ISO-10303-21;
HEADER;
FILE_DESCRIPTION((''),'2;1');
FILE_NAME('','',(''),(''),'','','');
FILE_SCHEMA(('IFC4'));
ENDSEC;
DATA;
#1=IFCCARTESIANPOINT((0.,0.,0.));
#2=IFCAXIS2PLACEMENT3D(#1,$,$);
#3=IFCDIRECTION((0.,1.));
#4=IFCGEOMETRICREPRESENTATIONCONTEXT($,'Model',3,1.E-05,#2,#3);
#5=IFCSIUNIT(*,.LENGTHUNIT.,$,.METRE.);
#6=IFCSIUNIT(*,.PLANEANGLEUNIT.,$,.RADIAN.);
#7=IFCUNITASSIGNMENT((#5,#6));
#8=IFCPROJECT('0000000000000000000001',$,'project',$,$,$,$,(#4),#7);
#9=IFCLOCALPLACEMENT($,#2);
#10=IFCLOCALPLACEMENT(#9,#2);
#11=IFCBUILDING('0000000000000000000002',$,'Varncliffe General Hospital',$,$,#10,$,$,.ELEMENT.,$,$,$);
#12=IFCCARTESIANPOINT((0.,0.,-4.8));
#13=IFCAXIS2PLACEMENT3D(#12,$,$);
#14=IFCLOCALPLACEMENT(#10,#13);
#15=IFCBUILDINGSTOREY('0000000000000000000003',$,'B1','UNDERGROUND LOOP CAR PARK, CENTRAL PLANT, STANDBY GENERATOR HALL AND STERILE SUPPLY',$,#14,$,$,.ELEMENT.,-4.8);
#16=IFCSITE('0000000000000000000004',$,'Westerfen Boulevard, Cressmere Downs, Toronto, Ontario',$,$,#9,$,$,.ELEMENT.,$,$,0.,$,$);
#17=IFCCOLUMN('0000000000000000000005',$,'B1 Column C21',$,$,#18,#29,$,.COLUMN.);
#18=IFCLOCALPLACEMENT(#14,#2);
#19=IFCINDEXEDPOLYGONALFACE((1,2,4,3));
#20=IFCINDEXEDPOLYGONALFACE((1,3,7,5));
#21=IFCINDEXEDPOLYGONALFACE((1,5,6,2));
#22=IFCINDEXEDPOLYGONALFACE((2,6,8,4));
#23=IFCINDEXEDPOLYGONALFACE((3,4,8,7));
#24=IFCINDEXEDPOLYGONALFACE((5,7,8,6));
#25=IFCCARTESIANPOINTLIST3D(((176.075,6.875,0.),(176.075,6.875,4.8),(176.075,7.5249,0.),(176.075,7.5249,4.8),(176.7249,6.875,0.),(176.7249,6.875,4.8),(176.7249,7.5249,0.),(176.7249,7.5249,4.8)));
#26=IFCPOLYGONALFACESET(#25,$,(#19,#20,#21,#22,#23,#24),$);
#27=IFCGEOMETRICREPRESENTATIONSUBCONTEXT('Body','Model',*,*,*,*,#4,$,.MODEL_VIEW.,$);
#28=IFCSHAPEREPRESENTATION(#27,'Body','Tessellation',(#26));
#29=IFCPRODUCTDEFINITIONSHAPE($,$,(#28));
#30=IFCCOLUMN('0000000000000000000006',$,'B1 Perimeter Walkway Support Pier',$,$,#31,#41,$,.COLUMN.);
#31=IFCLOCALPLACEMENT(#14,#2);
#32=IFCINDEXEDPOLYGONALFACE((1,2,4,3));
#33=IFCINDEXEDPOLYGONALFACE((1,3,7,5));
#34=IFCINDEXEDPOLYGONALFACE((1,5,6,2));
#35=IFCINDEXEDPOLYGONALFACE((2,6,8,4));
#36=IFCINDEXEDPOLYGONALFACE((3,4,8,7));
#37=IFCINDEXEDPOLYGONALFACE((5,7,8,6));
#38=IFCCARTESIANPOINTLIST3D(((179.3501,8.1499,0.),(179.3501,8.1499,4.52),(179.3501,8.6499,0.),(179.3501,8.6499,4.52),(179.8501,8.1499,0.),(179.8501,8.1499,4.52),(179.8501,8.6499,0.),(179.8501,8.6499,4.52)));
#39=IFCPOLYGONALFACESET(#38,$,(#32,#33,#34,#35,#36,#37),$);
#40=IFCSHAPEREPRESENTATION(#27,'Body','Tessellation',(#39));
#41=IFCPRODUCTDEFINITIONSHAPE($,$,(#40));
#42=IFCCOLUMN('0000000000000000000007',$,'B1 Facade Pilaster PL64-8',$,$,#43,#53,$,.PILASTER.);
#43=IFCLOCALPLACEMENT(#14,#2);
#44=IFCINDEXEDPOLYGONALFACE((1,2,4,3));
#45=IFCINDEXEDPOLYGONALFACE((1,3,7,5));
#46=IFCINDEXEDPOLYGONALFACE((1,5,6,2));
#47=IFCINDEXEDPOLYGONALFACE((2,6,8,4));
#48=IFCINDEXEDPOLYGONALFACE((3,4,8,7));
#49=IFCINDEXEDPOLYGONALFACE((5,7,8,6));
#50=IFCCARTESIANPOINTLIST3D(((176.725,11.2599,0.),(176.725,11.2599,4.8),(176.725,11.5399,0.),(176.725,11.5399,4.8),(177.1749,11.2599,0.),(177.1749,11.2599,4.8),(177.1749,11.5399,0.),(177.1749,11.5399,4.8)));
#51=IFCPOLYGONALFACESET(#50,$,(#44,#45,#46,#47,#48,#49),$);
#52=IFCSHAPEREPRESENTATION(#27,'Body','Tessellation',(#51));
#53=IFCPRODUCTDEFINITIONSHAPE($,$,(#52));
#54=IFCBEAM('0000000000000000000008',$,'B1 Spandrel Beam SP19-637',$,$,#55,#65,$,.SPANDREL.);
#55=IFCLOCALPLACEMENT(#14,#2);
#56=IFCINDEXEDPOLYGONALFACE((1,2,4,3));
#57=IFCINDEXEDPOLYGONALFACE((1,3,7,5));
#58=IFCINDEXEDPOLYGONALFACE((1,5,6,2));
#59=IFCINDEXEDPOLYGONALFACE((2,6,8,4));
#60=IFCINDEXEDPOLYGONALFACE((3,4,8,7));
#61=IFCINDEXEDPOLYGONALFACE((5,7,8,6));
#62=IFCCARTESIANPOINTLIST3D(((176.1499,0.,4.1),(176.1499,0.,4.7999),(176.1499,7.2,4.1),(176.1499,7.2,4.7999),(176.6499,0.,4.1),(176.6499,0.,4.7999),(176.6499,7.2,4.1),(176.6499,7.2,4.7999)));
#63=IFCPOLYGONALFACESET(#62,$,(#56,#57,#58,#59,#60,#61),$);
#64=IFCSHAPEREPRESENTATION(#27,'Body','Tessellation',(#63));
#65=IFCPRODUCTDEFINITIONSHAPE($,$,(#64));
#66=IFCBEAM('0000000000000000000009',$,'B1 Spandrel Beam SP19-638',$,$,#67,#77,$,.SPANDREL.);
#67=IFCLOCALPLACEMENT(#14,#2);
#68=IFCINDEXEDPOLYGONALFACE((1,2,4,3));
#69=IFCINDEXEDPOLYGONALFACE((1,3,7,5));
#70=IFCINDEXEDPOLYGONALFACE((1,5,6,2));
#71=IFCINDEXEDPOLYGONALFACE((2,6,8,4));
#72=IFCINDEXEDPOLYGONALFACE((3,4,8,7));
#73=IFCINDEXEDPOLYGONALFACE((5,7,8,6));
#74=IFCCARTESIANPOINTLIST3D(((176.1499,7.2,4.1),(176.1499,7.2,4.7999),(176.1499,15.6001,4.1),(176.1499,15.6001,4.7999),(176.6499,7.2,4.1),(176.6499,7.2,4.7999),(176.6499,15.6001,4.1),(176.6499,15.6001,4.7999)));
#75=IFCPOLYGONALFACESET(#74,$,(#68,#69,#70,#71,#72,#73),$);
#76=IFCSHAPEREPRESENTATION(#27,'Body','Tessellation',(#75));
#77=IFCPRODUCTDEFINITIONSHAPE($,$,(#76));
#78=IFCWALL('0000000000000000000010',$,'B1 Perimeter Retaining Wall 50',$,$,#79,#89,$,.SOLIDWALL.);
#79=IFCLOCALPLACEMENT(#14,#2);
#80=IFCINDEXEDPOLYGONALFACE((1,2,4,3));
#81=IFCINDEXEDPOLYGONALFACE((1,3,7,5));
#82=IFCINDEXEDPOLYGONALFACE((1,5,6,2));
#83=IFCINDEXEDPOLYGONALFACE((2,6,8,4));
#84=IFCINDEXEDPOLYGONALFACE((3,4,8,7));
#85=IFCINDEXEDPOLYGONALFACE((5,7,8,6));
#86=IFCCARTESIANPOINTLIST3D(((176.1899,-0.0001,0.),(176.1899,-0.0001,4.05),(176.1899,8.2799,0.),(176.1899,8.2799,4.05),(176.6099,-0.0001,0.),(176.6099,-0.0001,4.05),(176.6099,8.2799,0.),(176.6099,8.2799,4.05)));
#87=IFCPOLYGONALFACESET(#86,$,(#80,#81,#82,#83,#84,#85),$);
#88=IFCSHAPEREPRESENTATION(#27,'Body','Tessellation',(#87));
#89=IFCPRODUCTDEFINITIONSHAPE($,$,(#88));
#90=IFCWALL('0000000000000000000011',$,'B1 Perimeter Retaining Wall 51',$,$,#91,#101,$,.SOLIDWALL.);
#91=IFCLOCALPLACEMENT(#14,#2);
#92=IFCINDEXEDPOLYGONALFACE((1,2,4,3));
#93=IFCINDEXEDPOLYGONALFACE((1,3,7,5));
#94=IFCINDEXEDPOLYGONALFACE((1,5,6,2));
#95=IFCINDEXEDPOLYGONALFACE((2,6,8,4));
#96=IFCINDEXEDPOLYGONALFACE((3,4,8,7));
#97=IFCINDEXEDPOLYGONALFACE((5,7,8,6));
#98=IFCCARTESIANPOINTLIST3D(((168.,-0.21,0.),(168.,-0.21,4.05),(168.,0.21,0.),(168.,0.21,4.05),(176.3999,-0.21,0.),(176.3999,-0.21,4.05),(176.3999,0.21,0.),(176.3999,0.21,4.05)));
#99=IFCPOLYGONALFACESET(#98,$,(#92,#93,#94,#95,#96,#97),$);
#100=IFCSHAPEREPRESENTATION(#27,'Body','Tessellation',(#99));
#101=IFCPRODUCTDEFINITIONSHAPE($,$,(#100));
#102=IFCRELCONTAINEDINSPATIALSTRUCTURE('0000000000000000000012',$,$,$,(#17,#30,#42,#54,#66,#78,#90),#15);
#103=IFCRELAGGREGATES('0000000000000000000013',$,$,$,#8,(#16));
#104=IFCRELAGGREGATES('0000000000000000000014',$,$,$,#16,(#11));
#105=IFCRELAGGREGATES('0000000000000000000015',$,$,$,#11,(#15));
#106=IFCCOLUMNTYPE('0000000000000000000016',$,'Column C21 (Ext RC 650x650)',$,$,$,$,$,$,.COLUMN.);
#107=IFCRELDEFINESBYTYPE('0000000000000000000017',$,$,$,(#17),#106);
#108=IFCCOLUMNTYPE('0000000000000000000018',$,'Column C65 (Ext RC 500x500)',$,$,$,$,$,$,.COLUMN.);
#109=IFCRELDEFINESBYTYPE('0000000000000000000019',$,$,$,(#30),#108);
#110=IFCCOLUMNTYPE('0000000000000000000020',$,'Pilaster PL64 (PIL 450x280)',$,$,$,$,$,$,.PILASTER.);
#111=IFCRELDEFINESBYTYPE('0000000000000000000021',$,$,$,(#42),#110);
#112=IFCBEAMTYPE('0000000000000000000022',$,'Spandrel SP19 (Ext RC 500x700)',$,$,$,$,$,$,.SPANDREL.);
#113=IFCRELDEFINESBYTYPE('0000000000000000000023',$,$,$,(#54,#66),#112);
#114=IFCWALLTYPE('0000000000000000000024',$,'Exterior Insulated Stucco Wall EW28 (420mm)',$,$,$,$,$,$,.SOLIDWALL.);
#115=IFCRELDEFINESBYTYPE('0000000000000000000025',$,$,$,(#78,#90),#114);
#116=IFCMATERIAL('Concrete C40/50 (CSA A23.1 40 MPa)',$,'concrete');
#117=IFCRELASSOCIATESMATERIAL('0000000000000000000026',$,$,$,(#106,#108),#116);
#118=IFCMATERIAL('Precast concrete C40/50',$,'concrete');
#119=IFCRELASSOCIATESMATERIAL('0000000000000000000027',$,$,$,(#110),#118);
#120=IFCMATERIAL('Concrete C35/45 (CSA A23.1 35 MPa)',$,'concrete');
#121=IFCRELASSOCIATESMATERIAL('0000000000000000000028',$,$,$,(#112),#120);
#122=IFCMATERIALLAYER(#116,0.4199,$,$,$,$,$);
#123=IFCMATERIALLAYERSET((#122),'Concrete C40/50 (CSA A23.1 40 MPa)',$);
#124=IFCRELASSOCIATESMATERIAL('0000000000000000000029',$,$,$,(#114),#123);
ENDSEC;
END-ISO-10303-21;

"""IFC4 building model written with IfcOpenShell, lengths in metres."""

from ifc_helpers import new_model, si_unit, direction, frame, frame_2d, origin, origin_2d, place, context, subcontext, project, spatial, rectangle, extrude, material, layer, layer_set, material_profile, profile_set, type_object, element, save


model = new_model("IFC4")

# Units and contexts
model_context = context("Model", 3, precision=1e-05, world=origin(), true_north=direction((0.0, 1.0)))
body_context = subcontext(model_context, "Body", "Model", "MODEL_VIEW")
ifc_project = project(units=[si_unit("LENGTHUNIT", "METRE"), si_unit("PLANEANGLEUNIT", "RADIAN")], contexts=[model_context])

# Site, building, storey
site_placement = place(None, origin())
site = spatial("IfcSite", under=ifc_project, at=site_placement, Name="Westerfen Boulevard, Cressmere Downs, Toronto, Ontario", CompositionType="ELEMENT", RefElevation=0.0)
building_placement = place(site_placement, origin())
building = spatial("IfcBuilding", under=site, at=building_placement, Name="Varncliffe General Hospital", CompositionType="ELEMENT")
storey_placement = place(building_placement, frame((0.0, 0.0, -4.8)))
storey = spatial("IfcBuildingStorey", under=building, at=storey_placement, Name="B1", Description="UNDERGROUND LOOP CAR PARK, CENTRAL PLANT, STANDBY GENERATOR HALL AND STERILE SUPPLY", CompositionType="ELEMENT", Elevation=-4.8)

# Shared definitions
ifc_material_1 = material(Name="Concrete C40/50 (CSA A23.1 40 MPa)", Category="concrete")

# Columns
ifc_material_profile_1 = material_profile(ifc_material_1, rectangle(XDim=0.6499, YDim=0.6499, at=origin_2d()), Name="RC 650x650")
ifc_profile_set_1 = profile_set([ifc_material_profile_1], Name="Concrete C40/50 (CSA A23.1 40 MPa)")
column_type_1 = type_object("IfcColumnType", Name="Column C21 (Ext RC 650x650)", PredefinedType="COLUMN", material=ifc_profile_set_1)
for number, where, z_axis, x_axis, name in (
    (1, (176.3999, 7.2, 0.0), (0.0, 0.0, 1.0), (1.0, 0.0, 0.0), "B1 Column C21"),
):
    element("IfcColumn", number, at=place(storey_placement, frame(where, z_axis=z_axis, x_axis=x_axis)), inside=storey, type_object=column_type_1, Name=name, PredefinedType="COLUMN", context=body_context, shape_type="SweptSolid", body=[
        extrude(rectangle(XDim=0.6499, YDim=0.6499, at=origin_2d()), origin(), (0.0, 0.0, 1.0), 4.8),
    ])
ifc_material_profile_2 = material_profile(ifc_material_1, rectangle(XDim=0.5, YDim=0.5, at=origin_2d()), Name="RC 500x500")
ifc_profile_set_2 = profile_set([ifc_material_profile_2], Name="Concrete C40/50 (CSA A23.1 40 MPa)")
column_type_2 = type_object("IfcColumnType", Name="Column C65 (Ext RC 500x500)", PredefinedType="COLUMN", material=ifc_profile_set_2)
column_1_placement = place(storey_placement, frame((179.6001, 8.3999, 0.0), z_axis=(0.0, 0.0, 1.0), x_axis=(1.0, 0.0, 0.0)))
element("IfcColumn", 2, at=column_1_placement, inside=storey, type_object=column_type_2, Name="B1 Perimeter Walkway Support Pier", PredefinedType="COLUMN", context=body_context, shape_type="SweptSolid", body=[
    extrude(rectangle(XDim=0.5, YDim=0.5, at=origin_2d()), origin(), (0.0, 0.0, 1.0), 4.52),
])
ifc_material_2 = material(Name="Precast concrete C40/50", Category="concrete")
ifc_material_profile_3 = material_profile(ifc_material_2, rectangle(XDim=0.45, YDim=0.28, at=origin_2d()), Name="PIL 450x280")
ifc_profile_set_3 = profile_set([ifc_material_profile_3], Name="Precast concrete C40/50")
column_type_3 = type_object("IfcColumnType", Name="Pilaster PL64 (PIL 450x280)", PredefinedType="PILASTER", material=ifc_profile_set_3)
column_2_placement = place(storey_placement, frame((176.95, 11.3999, 0.0), z_axis=(0.0, 0.0, 1.0), x_axis=(1.0, 0.0, 0.0)))
element("IfcColumn", 3, at=column_2_placement, inside=storey, type_object=column_type_3, Name="B1 Facade Pilaster PL64-8", PredefinedType="PILASTER", context=body_context, shape_type="SweptSolid", body=[
    extrude(rectangle(XDim=0.45, YDim=0.28, at=origin_2d()), origin(), (0.0, 0.0, 1.0), 4.8),
])

# Beams
ifc_material_3 = material(Name="Concrete C35/45 (CSA A23.1 35 MPa)", Category="concrete")
ifc_material_profile_4 = material_profile(ifc_material_3, rectangle(XDim=0.5, YDim=0.7, at=origin_2d()), Name="RC 500x700")
ifc_profile_set_4 = profile_set([ifc_material_profile_4], Name="Concrete C35/45 (CSA A23.1 35 MPa)")
beam_type = type_object("IfcBeamType", Name="Spandrel SP19 (Ext RC 500x700)", PredefinedType="SPANDREL", material=ifc_profile_set_4)
beam_1_placement = place(storey_placement, frame((176.3999, 0.0, 4.45), z_axis=(0.0, 1.0, 0.0), x_axis=(-1.0, 0.0, 0.0)))
element("IfcBeam", 4, at=beam_1_placement, inside=storey, type_object=beam_type, Name="B1 Spandrel Beam SP19-637", PredefinedType="SPANDREL", context=body_context, shape_type="SweptSolid", body=[
    extrude(rectangle(XDim=0.5, YDim=0.7, at=origin_2d()), origin(), (0.0, 0.0, 1.0), 7.2),
])
beam_2_placement = place(storey_placement, frame((176.3999, 7.2, 4.45), z_axis=(0.0, 1.0, 0.0), x_axis=(-1.0, 0.0, 0.0)))
element("IfcBeam", 5, at=beam_2_placement, inside=storey, type_object=beam_type, Name="B1 Spandrel Beam SP19-638", PredefinedType="SPANDREL", context=body_context, shape_type="SweptSolid", body=[
    extrude(rectangle(XDim=0.5, YDim=0.7, at=origin_2d()), origin(), (0.0, 0.0, 1.0), 8.4001),
])

# Walls
ifc_layer = layer(ifc_material_1, 0.4199)
ifc_layer_set = layer_set([ifc_layer], Name="Concrete C40/50 (CSA A23.1 40 MPa)")
wall_type = type_object("IfcWallType", Name="Exterior Insulated Stucco Wall EW28 (420mm)", PredefinedType="SOLIDWALL", material=ifc_layer_set)
wall_1_placement = place(storey_placement, frame((176.3999, 8.28, 0.0), z_axis=(0.0, 0.0, 1.0), x_axis=(0.0, -1.0, 0.0)))
element("IfcWall", 6, at=wall_1_placement, inside=storey, type_object=wall_type, Name="B1 Perimeter Retaining Wall 50", PredefinedType="SOLIDWALL", context=body_context, shape_type="SweptSolid", body=[
    extrude(rectangle(XDim=8.28, YDim=0.4199, at=frame_2d((4.1401, 0.0))), origin(), (0.0, 0.0, 1.0), 4.05),
])
wall_2_placement = place(storey_placement, frame((176.3999, 0.0, 0.0), z_axis=(0.0, 0.0, 1.0), x_axis=(-1.0, 0.0, 0.0)))
element("IfcWall", 7, at=wall_2_placement, inside=storey, type_object=wall_type, Name="B1 Perimeter Retaining Wall 51", PredefinedType="SOLIDWALL", context=body_context, shape_type="SweptSolid", body=[
    extrude(rectangle(XDim=8.3999, YDim=0.4199, at=frame_2d((4.2, 0.0))), origin(), (0.0, 0.0, 1.0), 4.05),
])

save(model, "model.ifc")
